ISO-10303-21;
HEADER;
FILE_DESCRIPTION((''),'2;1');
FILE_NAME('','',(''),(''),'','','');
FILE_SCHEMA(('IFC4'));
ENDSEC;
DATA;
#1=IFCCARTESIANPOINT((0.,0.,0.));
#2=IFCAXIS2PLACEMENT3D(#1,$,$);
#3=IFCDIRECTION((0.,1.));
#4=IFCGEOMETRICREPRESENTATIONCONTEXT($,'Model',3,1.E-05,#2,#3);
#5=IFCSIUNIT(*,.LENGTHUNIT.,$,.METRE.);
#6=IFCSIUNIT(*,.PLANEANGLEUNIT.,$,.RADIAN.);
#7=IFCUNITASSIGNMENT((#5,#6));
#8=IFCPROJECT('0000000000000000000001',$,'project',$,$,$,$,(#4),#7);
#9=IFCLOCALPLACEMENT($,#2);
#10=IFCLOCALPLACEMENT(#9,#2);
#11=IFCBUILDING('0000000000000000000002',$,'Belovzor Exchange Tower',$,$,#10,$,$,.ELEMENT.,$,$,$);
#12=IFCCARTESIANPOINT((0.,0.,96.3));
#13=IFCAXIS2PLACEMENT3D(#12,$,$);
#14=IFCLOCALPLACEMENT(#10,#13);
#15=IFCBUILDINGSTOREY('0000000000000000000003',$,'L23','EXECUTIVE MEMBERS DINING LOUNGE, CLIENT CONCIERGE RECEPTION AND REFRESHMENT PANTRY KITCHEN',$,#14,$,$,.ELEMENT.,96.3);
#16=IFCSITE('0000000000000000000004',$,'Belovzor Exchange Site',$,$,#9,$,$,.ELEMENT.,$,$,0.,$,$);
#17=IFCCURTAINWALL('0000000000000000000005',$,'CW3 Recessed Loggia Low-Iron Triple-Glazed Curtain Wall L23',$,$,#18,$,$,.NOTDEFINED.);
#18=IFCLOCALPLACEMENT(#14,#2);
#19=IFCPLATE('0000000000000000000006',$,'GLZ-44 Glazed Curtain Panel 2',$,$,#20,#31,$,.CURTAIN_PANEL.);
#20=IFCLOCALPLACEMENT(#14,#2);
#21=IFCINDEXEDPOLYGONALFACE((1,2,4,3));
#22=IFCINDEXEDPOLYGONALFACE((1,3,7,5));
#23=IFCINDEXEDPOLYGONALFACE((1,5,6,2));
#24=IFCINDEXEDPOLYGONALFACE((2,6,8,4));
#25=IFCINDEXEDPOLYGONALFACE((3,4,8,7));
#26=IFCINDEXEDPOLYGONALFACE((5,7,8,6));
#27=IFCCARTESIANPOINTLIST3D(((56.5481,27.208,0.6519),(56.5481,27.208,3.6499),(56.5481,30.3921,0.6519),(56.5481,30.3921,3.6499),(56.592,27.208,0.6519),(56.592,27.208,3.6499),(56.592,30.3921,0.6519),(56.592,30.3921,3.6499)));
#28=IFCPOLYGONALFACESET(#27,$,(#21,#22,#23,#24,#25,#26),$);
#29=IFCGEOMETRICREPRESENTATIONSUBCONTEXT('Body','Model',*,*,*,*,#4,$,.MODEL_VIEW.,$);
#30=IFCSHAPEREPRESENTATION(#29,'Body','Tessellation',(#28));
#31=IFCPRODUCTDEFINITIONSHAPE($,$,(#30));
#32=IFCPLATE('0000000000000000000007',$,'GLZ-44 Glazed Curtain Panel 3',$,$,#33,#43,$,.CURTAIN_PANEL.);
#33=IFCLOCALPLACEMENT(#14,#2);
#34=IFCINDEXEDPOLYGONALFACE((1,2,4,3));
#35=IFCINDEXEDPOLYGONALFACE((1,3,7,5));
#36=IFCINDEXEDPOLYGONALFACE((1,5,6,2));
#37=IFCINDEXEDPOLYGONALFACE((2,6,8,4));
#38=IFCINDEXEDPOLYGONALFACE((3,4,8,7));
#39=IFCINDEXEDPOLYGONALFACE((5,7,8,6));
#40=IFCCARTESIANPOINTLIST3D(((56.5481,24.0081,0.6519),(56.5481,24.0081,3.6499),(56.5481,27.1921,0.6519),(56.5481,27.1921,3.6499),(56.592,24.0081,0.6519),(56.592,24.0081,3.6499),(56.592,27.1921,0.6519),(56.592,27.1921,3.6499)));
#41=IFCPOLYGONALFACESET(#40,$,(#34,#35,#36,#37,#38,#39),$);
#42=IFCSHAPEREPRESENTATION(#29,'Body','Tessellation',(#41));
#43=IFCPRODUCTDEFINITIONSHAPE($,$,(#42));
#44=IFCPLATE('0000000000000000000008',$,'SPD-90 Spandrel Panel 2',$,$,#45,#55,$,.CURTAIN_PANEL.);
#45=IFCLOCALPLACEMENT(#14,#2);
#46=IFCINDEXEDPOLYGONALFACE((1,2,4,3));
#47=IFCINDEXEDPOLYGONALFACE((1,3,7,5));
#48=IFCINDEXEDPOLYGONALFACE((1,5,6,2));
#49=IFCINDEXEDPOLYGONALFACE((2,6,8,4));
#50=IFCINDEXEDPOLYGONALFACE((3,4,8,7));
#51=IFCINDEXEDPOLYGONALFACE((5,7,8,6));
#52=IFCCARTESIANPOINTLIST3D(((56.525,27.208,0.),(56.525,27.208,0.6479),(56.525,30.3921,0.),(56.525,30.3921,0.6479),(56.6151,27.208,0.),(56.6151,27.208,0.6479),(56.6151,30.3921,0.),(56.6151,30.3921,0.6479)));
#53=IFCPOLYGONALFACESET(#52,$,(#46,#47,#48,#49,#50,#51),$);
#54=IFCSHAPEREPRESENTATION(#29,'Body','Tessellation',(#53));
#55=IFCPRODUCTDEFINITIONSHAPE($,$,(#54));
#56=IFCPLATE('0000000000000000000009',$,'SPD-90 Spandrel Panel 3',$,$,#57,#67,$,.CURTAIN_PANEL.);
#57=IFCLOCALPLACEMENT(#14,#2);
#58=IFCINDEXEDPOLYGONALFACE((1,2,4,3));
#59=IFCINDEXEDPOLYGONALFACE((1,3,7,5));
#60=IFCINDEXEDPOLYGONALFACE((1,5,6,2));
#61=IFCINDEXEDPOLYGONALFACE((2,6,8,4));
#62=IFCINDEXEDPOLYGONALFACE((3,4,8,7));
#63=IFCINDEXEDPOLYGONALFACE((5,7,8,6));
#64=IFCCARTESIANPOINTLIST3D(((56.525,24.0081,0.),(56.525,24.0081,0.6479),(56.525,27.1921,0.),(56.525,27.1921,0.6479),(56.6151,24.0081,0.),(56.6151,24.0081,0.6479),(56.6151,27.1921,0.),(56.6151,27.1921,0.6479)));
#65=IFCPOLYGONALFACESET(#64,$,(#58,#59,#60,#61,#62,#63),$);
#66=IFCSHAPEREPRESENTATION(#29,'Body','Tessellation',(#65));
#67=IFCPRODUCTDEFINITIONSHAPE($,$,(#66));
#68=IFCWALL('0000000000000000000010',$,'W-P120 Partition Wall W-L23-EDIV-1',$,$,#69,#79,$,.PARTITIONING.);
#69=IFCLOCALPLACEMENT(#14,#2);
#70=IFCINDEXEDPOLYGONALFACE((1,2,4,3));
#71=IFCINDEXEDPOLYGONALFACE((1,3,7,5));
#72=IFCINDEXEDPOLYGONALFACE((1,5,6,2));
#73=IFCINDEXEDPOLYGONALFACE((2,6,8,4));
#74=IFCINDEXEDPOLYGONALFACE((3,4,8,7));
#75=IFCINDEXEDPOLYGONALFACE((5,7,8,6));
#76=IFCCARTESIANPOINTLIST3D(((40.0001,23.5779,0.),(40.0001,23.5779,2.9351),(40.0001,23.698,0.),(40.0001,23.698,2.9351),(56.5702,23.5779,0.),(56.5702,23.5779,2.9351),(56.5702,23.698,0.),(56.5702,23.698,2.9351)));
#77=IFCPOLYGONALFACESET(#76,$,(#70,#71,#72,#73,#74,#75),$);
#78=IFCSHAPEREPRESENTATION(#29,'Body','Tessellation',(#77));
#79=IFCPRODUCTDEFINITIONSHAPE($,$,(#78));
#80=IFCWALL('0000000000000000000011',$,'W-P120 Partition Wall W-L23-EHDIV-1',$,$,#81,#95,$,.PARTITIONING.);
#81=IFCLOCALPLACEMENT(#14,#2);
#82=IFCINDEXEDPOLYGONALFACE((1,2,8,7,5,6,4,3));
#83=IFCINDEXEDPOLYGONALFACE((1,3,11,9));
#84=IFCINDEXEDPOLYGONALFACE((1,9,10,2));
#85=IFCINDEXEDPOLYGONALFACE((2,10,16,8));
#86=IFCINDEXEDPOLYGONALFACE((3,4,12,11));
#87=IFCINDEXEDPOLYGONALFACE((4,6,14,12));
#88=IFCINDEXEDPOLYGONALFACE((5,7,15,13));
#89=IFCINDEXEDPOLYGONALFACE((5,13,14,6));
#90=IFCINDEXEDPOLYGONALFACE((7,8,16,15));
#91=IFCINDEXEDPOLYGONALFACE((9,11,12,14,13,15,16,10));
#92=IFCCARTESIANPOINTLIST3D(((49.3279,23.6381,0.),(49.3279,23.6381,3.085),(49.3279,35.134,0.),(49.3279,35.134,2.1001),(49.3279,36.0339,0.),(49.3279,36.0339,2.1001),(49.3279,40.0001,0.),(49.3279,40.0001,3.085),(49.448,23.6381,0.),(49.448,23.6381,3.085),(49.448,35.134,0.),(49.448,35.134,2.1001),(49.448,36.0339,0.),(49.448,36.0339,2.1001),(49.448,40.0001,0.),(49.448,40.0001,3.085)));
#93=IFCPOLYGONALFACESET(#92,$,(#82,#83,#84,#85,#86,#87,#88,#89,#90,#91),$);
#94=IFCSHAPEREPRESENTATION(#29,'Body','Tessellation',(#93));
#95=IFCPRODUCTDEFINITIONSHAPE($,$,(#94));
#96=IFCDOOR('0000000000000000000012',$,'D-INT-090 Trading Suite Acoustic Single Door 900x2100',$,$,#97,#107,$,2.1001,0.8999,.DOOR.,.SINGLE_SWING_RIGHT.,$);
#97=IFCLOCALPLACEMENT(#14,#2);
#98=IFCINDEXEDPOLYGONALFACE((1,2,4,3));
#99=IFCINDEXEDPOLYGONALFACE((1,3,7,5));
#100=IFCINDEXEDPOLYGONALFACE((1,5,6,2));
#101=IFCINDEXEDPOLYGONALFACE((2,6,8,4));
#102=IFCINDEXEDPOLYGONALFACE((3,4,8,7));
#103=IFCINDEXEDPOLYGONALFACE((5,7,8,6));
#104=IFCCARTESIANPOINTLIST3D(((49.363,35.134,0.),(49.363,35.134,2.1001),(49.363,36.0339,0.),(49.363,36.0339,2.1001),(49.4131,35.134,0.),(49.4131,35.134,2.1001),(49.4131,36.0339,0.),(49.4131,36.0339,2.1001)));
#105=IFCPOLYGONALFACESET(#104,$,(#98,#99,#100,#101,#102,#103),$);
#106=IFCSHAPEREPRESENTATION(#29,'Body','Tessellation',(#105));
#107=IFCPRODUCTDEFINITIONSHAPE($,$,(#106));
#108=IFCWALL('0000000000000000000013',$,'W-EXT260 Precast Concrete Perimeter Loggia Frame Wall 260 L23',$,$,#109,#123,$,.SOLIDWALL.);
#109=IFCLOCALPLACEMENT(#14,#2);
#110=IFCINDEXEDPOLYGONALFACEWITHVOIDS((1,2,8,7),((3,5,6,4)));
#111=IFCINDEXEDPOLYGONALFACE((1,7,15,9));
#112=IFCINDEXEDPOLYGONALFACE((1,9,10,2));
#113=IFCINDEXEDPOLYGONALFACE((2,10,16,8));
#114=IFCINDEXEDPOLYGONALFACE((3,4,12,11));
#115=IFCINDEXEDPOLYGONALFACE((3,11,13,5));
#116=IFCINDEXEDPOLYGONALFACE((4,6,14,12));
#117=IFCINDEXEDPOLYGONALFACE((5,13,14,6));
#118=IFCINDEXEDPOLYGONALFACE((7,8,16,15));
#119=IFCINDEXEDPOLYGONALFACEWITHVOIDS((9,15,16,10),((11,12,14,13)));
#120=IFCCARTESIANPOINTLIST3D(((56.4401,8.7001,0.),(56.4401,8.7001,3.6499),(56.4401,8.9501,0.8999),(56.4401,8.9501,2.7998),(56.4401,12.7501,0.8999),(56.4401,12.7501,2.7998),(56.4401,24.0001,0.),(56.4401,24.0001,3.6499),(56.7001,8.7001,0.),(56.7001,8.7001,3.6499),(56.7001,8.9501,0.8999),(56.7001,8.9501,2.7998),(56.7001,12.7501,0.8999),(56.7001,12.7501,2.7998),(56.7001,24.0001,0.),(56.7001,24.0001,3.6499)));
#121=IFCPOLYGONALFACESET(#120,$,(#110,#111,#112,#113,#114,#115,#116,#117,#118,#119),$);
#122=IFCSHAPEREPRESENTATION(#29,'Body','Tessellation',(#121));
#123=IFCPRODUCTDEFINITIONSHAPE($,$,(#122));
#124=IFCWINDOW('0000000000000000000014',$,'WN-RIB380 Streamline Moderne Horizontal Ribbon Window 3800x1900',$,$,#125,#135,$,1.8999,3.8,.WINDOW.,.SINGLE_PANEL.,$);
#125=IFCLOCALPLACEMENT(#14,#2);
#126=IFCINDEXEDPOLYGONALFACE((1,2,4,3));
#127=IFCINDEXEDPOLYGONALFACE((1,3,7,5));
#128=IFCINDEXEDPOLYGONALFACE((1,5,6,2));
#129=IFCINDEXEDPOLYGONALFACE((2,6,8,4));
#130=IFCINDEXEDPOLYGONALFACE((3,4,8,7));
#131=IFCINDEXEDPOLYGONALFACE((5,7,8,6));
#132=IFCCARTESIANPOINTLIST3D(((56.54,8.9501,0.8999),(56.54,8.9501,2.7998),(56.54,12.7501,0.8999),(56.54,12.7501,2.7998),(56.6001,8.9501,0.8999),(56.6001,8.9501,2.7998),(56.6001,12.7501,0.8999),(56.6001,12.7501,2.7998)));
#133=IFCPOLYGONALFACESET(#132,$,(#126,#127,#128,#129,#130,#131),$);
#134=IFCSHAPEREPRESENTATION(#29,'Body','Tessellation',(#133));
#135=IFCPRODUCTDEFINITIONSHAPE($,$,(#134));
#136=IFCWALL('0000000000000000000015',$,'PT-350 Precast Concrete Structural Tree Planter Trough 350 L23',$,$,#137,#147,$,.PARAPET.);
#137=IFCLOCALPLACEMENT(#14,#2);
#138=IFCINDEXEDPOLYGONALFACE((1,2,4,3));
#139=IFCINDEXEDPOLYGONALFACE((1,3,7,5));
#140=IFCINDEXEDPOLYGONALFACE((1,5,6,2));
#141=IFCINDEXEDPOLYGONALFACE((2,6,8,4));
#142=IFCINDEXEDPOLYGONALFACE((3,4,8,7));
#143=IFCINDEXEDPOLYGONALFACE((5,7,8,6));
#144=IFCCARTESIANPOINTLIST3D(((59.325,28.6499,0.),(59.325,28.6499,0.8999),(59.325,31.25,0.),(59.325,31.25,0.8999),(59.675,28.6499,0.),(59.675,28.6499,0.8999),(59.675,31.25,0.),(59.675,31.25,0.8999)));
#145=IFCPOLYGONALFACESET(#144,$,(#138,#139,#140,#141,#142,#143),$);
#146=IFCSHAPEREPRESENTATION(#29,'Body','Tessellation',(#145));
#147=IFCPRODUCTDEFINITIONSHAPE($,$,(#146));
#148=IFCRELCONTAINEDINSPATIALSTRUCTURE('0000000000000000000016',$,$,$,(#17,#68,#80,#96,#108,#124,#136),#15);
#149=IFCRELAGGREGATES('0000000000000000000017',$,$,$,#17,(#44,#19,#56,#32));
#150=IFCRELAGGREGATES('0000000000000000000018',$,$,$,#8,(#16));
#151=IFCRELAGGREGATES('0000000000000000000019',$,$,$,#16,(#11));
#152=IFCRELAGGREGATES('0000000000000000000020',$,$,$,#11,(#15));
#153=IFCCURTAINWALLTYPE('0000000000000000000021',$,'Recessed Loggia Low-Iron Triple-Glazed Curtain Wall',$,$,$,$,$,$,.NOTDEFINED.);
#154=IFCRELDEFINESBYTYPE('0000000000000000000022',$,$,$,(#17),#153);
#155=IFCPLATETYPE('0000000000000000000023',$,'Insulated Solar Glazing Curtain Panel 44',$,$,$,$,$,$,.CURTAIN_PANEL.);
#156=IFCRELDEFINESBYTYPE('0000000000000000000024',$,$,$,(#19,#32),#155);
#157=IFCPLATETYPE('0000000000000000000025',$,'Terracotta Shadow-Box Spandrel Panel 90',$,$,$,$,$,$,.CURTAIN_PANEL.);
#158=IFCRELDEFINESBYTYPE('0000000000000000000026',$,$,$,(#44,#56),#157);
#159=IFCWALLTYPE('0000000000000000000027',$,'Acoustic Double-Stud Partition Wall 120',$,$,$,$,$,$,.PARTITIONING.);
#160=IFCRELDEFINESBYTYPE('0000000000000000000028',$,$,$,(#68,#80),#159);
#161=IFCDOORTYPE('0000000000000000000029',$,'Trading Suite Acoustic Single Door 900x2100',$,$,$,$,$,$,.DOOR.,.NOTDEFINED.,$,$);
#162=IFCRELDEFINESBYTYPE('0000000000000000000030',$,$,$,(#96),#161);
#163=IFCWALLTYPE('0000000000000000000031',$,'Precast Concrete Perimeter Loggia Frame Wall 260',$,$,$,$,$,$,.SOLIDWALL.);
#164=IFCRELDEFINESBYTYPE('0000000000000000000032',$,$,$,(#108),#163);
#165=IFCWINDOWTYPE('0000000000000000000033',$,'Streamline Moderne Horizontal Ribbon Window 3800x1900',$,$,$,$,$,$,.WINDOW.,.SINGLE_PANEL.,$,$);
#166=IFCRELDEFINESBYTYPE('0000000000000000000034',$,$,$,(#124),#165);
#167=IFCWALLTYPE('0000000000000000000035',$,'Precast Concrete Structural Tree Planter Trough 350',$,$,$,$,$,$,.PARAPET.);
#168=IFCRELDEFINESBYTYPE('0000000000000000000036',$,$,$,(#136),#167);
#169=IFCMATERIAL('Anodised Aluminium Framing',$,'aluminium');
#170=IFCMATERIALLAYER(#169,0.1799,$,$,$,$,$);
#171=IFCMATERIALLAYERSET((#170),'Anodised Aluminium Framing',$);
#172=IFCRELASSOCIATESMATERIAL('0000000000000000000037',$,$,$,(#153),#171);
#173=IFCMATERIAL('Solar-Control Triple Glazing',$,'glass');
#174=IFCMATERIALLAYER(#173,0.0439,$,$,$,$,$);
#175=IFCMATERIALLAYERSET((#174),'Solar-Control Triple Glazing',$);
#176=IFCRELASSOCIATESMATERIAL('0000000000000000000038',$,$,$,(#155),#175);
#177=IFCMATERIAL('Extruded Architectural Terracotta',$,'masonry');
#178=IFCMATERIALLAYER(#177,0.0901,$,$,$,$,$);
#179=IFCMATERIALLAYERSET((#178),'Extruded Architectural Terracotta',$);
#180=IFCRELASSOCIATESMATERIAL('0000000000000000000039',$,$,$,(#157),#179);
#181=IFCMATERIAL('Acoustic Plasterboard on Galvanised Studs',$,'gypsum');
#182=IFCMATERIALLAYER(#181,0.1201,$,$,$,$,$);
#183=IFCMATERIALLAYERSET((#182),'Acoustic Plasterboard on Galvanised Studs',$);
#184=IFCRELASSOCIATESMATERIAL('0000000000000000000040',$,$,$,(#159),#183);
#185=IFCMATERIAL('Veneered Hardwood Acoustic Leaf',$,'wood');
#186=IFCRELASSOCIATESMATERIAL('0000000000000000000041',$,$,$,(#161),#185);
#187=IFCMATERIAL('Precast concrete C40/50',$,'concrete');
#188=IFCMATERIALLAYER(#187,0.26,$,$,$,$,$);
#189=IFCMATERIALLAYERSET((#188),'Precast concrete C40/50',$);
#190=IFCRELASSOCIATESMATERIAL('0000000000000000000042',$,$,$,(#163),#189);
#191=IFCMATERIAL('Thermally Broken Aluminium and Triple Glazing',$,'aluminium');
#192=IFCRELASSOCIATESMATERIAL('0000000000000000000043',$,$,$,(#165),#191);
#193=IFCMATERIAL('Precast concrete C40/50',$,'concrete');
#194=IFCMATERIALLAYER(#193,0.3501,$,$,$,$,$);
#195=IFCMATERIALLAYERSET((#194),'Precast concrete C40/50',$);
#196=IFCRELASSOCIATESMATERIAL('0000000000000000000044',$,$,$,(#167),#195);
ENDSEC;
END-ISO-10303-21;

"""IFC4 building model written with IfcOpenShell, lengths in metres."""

from ifc_helpers import new_model, si_unit, direction, frame, frame_2d, origin, origin_2d, place, context, subcontext, project, spatial, rectangle, extrude, material, layer, layer_set, type_object, element, fill, aggregate, save


model = new_model("IFC4")

# Units and contexts
model_context = context("Model", 3, precision=1e-05, world=origin(), true_north=direction((0.0, 1.0)))
body_context = subcontext(model_context, "Body", "Model", "MODEL_VIEW")
ifc_project = project(units=[si_unit("LENGTHUNIT", "METRE"), si_unit("PLANEANGLEUNIT", "RADIAN")], contexts=[model_context])

# Site, building, storey
site_placement = place(None, origin())
site = spatial("IfcSite", under=ifc_project, at=site_placement, Name="Belovzor Exchange Site", CompositionType="ELEMENT", RefElevation=0.0)
building_placement = place(site_placement, origin())
building = spatial("IfcBuilding", under=site, at=building_placement, Name="Belovzor Exchange Tower", CompositionType="ELEMENT")
storey_placement = place(building_placement, frame((0.0, 0.0, 96.3)))
storey = spatial("IfcBuildingStorey", under=building, at=storey_placement, Name="L23", Description="EXECUTIVE MEMBERS DINING LOUNGE, CLIENT CONCIERGE RECEPTION AND REFRESHMENT PANTRY KITCHEN", CompositionType="ELEMENT", Elevation=96.3)

# Curtain wall
ifc_material_1 = material(Name="Anodised Aluminium Framing", Category="aluminium")
ifc_layer_1 = layer(ifc_material_1, 0.1799)
ifc_layer_set_1 = layer_set([ifc_layer_1], Name="Anodised Aluminium Framing")
curtain_wall_type = type_object("IfcCurtainWallType", Name="Recessed Loggia Low-Iron Triple-Glazed Curtain Wall", PredefinedType="NOTDEFINED", material=ifc_layer_set_1)
curtain_wall_placement = place(storey_placement, origin())
curtain_wall = element("IfcCurtainWall", 1, at=curtain_wall_placement, inside=storey, type_object=curtain_wall_type, Name="CW3 Recessed Loggia Low-Iron Triple-Glazed Curtain Wall L23", PredefinedType="NOTDEFINED")

# Plates
ifc_material_2 = material(Name="Solar-Control Triple Glazing", Category="glass")
ifc_layer_2 = layer(ifc_material_2, 0.0439)
ifc_layer_set_2 = layer_set([ifc_layer_2], Name="Solar-Control Triple Glazing")
plate_type_1 = type_object("IfcPlateType", Name="Insulated Solar Glazing Curtain Panel 44", PredefinedType="CURTAIN_PANEL", material=ifc_layer_set_2)
plate_1_placement = place(storey_placement, frame((56.5701, 28.8, 0.6519), z_axis=(0.0, 0.0, 1.0), x_axis=(0.0, -1.0, 0.0)))
plate_1 = element("IfcPlate", 2, at=plate_1_placement, type_object=plate_type_1, Name="GLZ-44 Glazed Curtain Panel 2", PredefinedType="CURTAIN_PANEL", context=body_context, shape_type="SweptSolid", body=[
    extrude(rectangle(XDim=3.1841, YDim=0.0439, at=origin_2d()), origin(), (0.0, 0.0, 1.0), 2.998),
])
plate_2_placement = place(storey_placement, frame((56.5701, 25.6001, 0.6519), z_axis=(0.0, 0.0, 1.0), x_axis=(0.0, -1.0, 0.0)))
plate_2 = element("IfcPlate", 3, at=plate_2_placement, type_object=plate_type_1, Name="GLZ-44 Glazed Curtain Panel 3", PredefinedType="CURTAIN_PANEL", context=body_context, shape_type="SweptSolid", body=[
    extrude(rectangle(XDim=3.1841, YDim=0.0439, at=origin_2d()), origin(), (0.0, 0.0, 1.0), 2.998),
])
ifc_material_3 = material(Name="Extruded Architectural Terracotta", Category="masonry")
ifc_layer_3 = layer(ifc_material_3, 0.0901)
ifc_layer_set_3 = layer_set([ifc_layer_3], Name="Extruded Architectural Terracotta")
plate_type_2 = type_object("IfcPlateType", Name="Terracotta Shadow-Box Spandrel Panel 90", PredefinedType="CURTAIN_PANEL", material=ifc_layer_set_3)
plate_3_placement = place(storey_placement, frame((56.5701, 28.8, 0.0), z_axis=(0.0, 0.0, 1.0), x_axis=(0.0, -1.0, 0.0)))
plate_3 = element("IfcPlate", 4, at=plate_3_placement, type_object=plate_type_2, Name="SPD-90 Spandrel Panel 2", PredefinedType="CURTAIN_PANEL", context=body_context, shape_type="SweptSolid", body=[
    extrude(rectangle(XDim=3.1841, YDim=0.0901, at=origin_2d()), origin(), (0.0, 0.0, 1.0), 0.6479),
])
plate_4_placement = place(storey_placement, frame((56.5701, 25.6001, 0.0), z_axis=(0.0, 0.0, 1.0), x_axis=(0.0, -1.0, 0.0)))
plate_4 = element("IfcPlate", 5, at=plate_4_placement, type_object=plate_type_2, Name="SPD-90 Spandrel Panel 3", PredefinedType="CURTAIN_PANEL", context=body_context, shape_type="SweptSolid", body=[
    extrude(rectangle(XDim=3.1841, YDim=0.0901, at=origin_2d()), origin(), (0.0, 0.0, 1.0), 0.6479),
])
aggregate(curtain_wall, [plate_3, plate_1, plate_4, plate_2])

# Wall
ifc_material_4 = material(Name="Acoustic Plasterboard on Galvanised Studs", Category="gypsum")
ifc_layer_4 = layer(ifc_material_4, 0.1201)
ifc_layer_set_4 = layer_set([ifc_layer_4], Name="Acoustic Plasterboard on Galvanised Studs")
wall_type_1 = type_object("IfcWallType", Name="Acoustic Double-Stud Partition Wall 120", PredefinedType="PARTITIONING", material=ifc_layer_set_4)
wall_1_placement = place(storey_placement, frame((40.0, 23.6379, 0.0), z_axis=(0.0, 0.0, 1.0), x_axis=(1.0, 0.0, 0.0)))
element("IfcWall", 6, at=wall_1_placement, inside=storey, type_object=wall_type_1, Name="W-P120 Partition Wall W-L23-EDIV-1", PredefinedType="PARTITIONING", context=body_context, shape_type="SweptSolid", body=[
    extrude(rectangle(XDim=16.5701, YDim=0.1201, at=frame_2d((8.2852, 0.0))), origin(), (0.0, 0.0, 1.0), 2.9351),
])

# Wall, opening, door
wall_2_placement = place(storey_placement, frame((49.3879, 23.6379, 0.0), z_axis=(0.0, 0.0, 1.0), x_axis=(0.0, 1.0, 0.0)))
wall_2 = element("IfcWall", 7, at=wall_2_placement, inside=storey, type_object=wall_type_1, Name="W-P120 Partition Wall W-L23-EHDIV-1", PredefinedType="PARTITIONING", context=body_context, shape_type="SweptSolid", body=[
    extrude(rectangle(XDim=16.3621, YDim=0.1201, at=frame_2d((8.1812, 0.0))), origin(), (0.0, 0.0, 1.0), 3.085),
])
opening_1_placement = place(wall_2_placement, frame((11.4961, 0.0, 0.0)))
opening_1 = element("IfcOpeningElement", 8, at=opening_1_placement, cuts=wall_2, PredefinedType="OPENING", context=body_context, shape_type="SweptSolid", body=[
    extrude(rectangle(XDim=0.8999, YDim=2.1001, at=frame_2d((0.45, 1.05))), frame((0.0, 0.0701, 0.0), z_axis=(0.0, -1.0, 0.0), x_axis=(1.0, 0.0, 0.0)), (0.0, 0.0, 1.0), 0.1401),
])
ifc_material_5 = material(Name="Veneered Hardwood Acoustic Leaf", Category="wood")
door_type = type_object("IfcDoorType", Name="Trading Suite Acoustic Single Door 900x2100", OperationType="NOTDEFINED", PredefinedType="DOOR", material=ifc_material_5)
door_placement = place(opening_1_placement, origin())
door = element("IfcDoor", 9, at=door_placement, inside=storey, type_object=door_type, Name="D-INT-090 Trading Suite Acoustic Single Door 900x2100", OperationType="SINGLE_SWING_RIGHT", OverallHeight=2.1001, OverallWidth=0.8999, PredefinedType="DOOR", context=body_context, shape_type="SweptSolid", body=[
    extrude(rectangle(XDim=0.8999, YDim=2.1001, at=frame_2d((0.45, 1.05))), frame((0.0, 0.0249, 0.0), z_axis=(0.0, -1.0, 0.0), x_axis=(1.0, 0.0, 0.0)), (0.0, 0.0, 1.0), 0.05),
])
fill(opening_1, door)

# Wall, opening, window
ifc_material_6 = material(Name="Precast concrete C40/50", Category="concrete")
ifc_layer_5 = layer(ifc_material_6, 0.26)
ifc_layer_set_5 = layer_set([ifc_layer_5], Name="Precast concrete C40/50")
wall_type_2 = type_object("IfcWallType", Name="Precast Concrete Perimeter Loggia Frame Wall 260", PredefinedType="SOLIDWALL", material=ifc_layer_set_5)
wall_3_placement = place(storey_placement, frame((56.5701, 24.0, 0.0), z_axis=(0.0, 0.0, 1.0), x_axis=(0.0, -1.0, 0.0)))
wall_3 = element("IfcWall", 10, at=wall_3_placement, inside=storey, type_object=wall_type_2, Name="W-EXT260 Precast Concrete Perimeter Loggia Frame Wall 260 L23", PredefinedType="SOLIDWALL", context=body_context, shape_type="SweptSolid", body=[
    extrude(rectangle(XDim=15.3, YDim=0.26, at=frame_2d((7.6499, 0.0))), origin(), (0.0, 0.0, 1.0), 3.6499),
])
opening_2_placement = place(wall_3_placement, frame((11.25, 0.0, 0.8999)))
opening_2 = element("IfcOpeningElement", 11, at=opening_2_placement, cuts=wall_3, PredefinedType="OPENING", context=body_context, shape_type="SweptSolid", body=[
    extrude(rectangle(XDim=3.8, YDim=1.8999, at=frame_2d((1.8999, 0.95))), frame((0.0, 0.1399, 0.0), z_axis=(0.0, -1.0, 0.0), x_axis=(1.0, 0.0, 0.0)), (0.0, 0.0, 1.0), 0.28),
])
ifc_material_7 = material(Name="Thermally Broken Aluminium and Triple Glazing", Category="aluminium")
window_type = type_object("IfcWindowType", Name="Streamline Moderne Horizontal Ribbon Window 3800x1900", PartitioningType="SINGLE_PANEL", PredefinedType="WINDOW", material=ifc_material_7)
window_placement = place(opening_2_placement, origin())
window = element("IfcWindow", 12, at=window_placement, inside=storey, type_object=window_type, Name="WN-RIB380 Streamline Moderne Horizontal Ribbon Window 3800x1900", OverallHeight=1.8999, OverallWidth=3.8, PartitioningType="SINGLE_PANEL", PredefinedType="WINDOW", context=body_context, shape_type="SweptSolid", body=[
    extrude(rectangle(XDim=3.8, YDim=1.8999, at=frame_2d((1.8999, 0.95))), frame((0.0, 0.03, 0.0), z_axis=(0.0, -1.0, 0.0), x_axis=(1.0, 0.0, 0.0)), (0.0, 0.0, 1.0), 0.0601),
])
fill(opening_2, window)

# Wall
ifc_material_8 = material(Name="Precast concrete C40/50", Category="concrete")
ifc_layer_6 = layer(ifc_material_8, 0.3501)
ifc_layer_set_6 = layer_set([ifc_layer_6], Name="Precast concrete C40/50")
wall_type_3 = type_object("IfcWallType", Name="Precast Concrete Structural Tree Planter Trough 350", PredefinedType="PARAPET", material=ifc_layer_set_6)
wall_4_placement = place(storey_placement, frame((59.5, 28.6499, 0.0), z_axis=(0.0, 0.0, 1.0), x_axis=(0.0, 1.0, 0.0)))
element("IfcWall", 13, at=wall_4_placement, inside=storey, type_object=wall_type_3, Name="PT-350 Precast Concrete Structural Tree Planter Trough 350 L23", PredefinedType="PARAPET", context=body_context, shape_type="SweptSolid", body=[
    extrude(rectangle(XDim=2.6001, YDim=0.3501, at=frame_2d((1.3, 0.0))), origin(), (0.0, 0.0, 1.0), 0.8999),
])

save(model, "model.ifc")
